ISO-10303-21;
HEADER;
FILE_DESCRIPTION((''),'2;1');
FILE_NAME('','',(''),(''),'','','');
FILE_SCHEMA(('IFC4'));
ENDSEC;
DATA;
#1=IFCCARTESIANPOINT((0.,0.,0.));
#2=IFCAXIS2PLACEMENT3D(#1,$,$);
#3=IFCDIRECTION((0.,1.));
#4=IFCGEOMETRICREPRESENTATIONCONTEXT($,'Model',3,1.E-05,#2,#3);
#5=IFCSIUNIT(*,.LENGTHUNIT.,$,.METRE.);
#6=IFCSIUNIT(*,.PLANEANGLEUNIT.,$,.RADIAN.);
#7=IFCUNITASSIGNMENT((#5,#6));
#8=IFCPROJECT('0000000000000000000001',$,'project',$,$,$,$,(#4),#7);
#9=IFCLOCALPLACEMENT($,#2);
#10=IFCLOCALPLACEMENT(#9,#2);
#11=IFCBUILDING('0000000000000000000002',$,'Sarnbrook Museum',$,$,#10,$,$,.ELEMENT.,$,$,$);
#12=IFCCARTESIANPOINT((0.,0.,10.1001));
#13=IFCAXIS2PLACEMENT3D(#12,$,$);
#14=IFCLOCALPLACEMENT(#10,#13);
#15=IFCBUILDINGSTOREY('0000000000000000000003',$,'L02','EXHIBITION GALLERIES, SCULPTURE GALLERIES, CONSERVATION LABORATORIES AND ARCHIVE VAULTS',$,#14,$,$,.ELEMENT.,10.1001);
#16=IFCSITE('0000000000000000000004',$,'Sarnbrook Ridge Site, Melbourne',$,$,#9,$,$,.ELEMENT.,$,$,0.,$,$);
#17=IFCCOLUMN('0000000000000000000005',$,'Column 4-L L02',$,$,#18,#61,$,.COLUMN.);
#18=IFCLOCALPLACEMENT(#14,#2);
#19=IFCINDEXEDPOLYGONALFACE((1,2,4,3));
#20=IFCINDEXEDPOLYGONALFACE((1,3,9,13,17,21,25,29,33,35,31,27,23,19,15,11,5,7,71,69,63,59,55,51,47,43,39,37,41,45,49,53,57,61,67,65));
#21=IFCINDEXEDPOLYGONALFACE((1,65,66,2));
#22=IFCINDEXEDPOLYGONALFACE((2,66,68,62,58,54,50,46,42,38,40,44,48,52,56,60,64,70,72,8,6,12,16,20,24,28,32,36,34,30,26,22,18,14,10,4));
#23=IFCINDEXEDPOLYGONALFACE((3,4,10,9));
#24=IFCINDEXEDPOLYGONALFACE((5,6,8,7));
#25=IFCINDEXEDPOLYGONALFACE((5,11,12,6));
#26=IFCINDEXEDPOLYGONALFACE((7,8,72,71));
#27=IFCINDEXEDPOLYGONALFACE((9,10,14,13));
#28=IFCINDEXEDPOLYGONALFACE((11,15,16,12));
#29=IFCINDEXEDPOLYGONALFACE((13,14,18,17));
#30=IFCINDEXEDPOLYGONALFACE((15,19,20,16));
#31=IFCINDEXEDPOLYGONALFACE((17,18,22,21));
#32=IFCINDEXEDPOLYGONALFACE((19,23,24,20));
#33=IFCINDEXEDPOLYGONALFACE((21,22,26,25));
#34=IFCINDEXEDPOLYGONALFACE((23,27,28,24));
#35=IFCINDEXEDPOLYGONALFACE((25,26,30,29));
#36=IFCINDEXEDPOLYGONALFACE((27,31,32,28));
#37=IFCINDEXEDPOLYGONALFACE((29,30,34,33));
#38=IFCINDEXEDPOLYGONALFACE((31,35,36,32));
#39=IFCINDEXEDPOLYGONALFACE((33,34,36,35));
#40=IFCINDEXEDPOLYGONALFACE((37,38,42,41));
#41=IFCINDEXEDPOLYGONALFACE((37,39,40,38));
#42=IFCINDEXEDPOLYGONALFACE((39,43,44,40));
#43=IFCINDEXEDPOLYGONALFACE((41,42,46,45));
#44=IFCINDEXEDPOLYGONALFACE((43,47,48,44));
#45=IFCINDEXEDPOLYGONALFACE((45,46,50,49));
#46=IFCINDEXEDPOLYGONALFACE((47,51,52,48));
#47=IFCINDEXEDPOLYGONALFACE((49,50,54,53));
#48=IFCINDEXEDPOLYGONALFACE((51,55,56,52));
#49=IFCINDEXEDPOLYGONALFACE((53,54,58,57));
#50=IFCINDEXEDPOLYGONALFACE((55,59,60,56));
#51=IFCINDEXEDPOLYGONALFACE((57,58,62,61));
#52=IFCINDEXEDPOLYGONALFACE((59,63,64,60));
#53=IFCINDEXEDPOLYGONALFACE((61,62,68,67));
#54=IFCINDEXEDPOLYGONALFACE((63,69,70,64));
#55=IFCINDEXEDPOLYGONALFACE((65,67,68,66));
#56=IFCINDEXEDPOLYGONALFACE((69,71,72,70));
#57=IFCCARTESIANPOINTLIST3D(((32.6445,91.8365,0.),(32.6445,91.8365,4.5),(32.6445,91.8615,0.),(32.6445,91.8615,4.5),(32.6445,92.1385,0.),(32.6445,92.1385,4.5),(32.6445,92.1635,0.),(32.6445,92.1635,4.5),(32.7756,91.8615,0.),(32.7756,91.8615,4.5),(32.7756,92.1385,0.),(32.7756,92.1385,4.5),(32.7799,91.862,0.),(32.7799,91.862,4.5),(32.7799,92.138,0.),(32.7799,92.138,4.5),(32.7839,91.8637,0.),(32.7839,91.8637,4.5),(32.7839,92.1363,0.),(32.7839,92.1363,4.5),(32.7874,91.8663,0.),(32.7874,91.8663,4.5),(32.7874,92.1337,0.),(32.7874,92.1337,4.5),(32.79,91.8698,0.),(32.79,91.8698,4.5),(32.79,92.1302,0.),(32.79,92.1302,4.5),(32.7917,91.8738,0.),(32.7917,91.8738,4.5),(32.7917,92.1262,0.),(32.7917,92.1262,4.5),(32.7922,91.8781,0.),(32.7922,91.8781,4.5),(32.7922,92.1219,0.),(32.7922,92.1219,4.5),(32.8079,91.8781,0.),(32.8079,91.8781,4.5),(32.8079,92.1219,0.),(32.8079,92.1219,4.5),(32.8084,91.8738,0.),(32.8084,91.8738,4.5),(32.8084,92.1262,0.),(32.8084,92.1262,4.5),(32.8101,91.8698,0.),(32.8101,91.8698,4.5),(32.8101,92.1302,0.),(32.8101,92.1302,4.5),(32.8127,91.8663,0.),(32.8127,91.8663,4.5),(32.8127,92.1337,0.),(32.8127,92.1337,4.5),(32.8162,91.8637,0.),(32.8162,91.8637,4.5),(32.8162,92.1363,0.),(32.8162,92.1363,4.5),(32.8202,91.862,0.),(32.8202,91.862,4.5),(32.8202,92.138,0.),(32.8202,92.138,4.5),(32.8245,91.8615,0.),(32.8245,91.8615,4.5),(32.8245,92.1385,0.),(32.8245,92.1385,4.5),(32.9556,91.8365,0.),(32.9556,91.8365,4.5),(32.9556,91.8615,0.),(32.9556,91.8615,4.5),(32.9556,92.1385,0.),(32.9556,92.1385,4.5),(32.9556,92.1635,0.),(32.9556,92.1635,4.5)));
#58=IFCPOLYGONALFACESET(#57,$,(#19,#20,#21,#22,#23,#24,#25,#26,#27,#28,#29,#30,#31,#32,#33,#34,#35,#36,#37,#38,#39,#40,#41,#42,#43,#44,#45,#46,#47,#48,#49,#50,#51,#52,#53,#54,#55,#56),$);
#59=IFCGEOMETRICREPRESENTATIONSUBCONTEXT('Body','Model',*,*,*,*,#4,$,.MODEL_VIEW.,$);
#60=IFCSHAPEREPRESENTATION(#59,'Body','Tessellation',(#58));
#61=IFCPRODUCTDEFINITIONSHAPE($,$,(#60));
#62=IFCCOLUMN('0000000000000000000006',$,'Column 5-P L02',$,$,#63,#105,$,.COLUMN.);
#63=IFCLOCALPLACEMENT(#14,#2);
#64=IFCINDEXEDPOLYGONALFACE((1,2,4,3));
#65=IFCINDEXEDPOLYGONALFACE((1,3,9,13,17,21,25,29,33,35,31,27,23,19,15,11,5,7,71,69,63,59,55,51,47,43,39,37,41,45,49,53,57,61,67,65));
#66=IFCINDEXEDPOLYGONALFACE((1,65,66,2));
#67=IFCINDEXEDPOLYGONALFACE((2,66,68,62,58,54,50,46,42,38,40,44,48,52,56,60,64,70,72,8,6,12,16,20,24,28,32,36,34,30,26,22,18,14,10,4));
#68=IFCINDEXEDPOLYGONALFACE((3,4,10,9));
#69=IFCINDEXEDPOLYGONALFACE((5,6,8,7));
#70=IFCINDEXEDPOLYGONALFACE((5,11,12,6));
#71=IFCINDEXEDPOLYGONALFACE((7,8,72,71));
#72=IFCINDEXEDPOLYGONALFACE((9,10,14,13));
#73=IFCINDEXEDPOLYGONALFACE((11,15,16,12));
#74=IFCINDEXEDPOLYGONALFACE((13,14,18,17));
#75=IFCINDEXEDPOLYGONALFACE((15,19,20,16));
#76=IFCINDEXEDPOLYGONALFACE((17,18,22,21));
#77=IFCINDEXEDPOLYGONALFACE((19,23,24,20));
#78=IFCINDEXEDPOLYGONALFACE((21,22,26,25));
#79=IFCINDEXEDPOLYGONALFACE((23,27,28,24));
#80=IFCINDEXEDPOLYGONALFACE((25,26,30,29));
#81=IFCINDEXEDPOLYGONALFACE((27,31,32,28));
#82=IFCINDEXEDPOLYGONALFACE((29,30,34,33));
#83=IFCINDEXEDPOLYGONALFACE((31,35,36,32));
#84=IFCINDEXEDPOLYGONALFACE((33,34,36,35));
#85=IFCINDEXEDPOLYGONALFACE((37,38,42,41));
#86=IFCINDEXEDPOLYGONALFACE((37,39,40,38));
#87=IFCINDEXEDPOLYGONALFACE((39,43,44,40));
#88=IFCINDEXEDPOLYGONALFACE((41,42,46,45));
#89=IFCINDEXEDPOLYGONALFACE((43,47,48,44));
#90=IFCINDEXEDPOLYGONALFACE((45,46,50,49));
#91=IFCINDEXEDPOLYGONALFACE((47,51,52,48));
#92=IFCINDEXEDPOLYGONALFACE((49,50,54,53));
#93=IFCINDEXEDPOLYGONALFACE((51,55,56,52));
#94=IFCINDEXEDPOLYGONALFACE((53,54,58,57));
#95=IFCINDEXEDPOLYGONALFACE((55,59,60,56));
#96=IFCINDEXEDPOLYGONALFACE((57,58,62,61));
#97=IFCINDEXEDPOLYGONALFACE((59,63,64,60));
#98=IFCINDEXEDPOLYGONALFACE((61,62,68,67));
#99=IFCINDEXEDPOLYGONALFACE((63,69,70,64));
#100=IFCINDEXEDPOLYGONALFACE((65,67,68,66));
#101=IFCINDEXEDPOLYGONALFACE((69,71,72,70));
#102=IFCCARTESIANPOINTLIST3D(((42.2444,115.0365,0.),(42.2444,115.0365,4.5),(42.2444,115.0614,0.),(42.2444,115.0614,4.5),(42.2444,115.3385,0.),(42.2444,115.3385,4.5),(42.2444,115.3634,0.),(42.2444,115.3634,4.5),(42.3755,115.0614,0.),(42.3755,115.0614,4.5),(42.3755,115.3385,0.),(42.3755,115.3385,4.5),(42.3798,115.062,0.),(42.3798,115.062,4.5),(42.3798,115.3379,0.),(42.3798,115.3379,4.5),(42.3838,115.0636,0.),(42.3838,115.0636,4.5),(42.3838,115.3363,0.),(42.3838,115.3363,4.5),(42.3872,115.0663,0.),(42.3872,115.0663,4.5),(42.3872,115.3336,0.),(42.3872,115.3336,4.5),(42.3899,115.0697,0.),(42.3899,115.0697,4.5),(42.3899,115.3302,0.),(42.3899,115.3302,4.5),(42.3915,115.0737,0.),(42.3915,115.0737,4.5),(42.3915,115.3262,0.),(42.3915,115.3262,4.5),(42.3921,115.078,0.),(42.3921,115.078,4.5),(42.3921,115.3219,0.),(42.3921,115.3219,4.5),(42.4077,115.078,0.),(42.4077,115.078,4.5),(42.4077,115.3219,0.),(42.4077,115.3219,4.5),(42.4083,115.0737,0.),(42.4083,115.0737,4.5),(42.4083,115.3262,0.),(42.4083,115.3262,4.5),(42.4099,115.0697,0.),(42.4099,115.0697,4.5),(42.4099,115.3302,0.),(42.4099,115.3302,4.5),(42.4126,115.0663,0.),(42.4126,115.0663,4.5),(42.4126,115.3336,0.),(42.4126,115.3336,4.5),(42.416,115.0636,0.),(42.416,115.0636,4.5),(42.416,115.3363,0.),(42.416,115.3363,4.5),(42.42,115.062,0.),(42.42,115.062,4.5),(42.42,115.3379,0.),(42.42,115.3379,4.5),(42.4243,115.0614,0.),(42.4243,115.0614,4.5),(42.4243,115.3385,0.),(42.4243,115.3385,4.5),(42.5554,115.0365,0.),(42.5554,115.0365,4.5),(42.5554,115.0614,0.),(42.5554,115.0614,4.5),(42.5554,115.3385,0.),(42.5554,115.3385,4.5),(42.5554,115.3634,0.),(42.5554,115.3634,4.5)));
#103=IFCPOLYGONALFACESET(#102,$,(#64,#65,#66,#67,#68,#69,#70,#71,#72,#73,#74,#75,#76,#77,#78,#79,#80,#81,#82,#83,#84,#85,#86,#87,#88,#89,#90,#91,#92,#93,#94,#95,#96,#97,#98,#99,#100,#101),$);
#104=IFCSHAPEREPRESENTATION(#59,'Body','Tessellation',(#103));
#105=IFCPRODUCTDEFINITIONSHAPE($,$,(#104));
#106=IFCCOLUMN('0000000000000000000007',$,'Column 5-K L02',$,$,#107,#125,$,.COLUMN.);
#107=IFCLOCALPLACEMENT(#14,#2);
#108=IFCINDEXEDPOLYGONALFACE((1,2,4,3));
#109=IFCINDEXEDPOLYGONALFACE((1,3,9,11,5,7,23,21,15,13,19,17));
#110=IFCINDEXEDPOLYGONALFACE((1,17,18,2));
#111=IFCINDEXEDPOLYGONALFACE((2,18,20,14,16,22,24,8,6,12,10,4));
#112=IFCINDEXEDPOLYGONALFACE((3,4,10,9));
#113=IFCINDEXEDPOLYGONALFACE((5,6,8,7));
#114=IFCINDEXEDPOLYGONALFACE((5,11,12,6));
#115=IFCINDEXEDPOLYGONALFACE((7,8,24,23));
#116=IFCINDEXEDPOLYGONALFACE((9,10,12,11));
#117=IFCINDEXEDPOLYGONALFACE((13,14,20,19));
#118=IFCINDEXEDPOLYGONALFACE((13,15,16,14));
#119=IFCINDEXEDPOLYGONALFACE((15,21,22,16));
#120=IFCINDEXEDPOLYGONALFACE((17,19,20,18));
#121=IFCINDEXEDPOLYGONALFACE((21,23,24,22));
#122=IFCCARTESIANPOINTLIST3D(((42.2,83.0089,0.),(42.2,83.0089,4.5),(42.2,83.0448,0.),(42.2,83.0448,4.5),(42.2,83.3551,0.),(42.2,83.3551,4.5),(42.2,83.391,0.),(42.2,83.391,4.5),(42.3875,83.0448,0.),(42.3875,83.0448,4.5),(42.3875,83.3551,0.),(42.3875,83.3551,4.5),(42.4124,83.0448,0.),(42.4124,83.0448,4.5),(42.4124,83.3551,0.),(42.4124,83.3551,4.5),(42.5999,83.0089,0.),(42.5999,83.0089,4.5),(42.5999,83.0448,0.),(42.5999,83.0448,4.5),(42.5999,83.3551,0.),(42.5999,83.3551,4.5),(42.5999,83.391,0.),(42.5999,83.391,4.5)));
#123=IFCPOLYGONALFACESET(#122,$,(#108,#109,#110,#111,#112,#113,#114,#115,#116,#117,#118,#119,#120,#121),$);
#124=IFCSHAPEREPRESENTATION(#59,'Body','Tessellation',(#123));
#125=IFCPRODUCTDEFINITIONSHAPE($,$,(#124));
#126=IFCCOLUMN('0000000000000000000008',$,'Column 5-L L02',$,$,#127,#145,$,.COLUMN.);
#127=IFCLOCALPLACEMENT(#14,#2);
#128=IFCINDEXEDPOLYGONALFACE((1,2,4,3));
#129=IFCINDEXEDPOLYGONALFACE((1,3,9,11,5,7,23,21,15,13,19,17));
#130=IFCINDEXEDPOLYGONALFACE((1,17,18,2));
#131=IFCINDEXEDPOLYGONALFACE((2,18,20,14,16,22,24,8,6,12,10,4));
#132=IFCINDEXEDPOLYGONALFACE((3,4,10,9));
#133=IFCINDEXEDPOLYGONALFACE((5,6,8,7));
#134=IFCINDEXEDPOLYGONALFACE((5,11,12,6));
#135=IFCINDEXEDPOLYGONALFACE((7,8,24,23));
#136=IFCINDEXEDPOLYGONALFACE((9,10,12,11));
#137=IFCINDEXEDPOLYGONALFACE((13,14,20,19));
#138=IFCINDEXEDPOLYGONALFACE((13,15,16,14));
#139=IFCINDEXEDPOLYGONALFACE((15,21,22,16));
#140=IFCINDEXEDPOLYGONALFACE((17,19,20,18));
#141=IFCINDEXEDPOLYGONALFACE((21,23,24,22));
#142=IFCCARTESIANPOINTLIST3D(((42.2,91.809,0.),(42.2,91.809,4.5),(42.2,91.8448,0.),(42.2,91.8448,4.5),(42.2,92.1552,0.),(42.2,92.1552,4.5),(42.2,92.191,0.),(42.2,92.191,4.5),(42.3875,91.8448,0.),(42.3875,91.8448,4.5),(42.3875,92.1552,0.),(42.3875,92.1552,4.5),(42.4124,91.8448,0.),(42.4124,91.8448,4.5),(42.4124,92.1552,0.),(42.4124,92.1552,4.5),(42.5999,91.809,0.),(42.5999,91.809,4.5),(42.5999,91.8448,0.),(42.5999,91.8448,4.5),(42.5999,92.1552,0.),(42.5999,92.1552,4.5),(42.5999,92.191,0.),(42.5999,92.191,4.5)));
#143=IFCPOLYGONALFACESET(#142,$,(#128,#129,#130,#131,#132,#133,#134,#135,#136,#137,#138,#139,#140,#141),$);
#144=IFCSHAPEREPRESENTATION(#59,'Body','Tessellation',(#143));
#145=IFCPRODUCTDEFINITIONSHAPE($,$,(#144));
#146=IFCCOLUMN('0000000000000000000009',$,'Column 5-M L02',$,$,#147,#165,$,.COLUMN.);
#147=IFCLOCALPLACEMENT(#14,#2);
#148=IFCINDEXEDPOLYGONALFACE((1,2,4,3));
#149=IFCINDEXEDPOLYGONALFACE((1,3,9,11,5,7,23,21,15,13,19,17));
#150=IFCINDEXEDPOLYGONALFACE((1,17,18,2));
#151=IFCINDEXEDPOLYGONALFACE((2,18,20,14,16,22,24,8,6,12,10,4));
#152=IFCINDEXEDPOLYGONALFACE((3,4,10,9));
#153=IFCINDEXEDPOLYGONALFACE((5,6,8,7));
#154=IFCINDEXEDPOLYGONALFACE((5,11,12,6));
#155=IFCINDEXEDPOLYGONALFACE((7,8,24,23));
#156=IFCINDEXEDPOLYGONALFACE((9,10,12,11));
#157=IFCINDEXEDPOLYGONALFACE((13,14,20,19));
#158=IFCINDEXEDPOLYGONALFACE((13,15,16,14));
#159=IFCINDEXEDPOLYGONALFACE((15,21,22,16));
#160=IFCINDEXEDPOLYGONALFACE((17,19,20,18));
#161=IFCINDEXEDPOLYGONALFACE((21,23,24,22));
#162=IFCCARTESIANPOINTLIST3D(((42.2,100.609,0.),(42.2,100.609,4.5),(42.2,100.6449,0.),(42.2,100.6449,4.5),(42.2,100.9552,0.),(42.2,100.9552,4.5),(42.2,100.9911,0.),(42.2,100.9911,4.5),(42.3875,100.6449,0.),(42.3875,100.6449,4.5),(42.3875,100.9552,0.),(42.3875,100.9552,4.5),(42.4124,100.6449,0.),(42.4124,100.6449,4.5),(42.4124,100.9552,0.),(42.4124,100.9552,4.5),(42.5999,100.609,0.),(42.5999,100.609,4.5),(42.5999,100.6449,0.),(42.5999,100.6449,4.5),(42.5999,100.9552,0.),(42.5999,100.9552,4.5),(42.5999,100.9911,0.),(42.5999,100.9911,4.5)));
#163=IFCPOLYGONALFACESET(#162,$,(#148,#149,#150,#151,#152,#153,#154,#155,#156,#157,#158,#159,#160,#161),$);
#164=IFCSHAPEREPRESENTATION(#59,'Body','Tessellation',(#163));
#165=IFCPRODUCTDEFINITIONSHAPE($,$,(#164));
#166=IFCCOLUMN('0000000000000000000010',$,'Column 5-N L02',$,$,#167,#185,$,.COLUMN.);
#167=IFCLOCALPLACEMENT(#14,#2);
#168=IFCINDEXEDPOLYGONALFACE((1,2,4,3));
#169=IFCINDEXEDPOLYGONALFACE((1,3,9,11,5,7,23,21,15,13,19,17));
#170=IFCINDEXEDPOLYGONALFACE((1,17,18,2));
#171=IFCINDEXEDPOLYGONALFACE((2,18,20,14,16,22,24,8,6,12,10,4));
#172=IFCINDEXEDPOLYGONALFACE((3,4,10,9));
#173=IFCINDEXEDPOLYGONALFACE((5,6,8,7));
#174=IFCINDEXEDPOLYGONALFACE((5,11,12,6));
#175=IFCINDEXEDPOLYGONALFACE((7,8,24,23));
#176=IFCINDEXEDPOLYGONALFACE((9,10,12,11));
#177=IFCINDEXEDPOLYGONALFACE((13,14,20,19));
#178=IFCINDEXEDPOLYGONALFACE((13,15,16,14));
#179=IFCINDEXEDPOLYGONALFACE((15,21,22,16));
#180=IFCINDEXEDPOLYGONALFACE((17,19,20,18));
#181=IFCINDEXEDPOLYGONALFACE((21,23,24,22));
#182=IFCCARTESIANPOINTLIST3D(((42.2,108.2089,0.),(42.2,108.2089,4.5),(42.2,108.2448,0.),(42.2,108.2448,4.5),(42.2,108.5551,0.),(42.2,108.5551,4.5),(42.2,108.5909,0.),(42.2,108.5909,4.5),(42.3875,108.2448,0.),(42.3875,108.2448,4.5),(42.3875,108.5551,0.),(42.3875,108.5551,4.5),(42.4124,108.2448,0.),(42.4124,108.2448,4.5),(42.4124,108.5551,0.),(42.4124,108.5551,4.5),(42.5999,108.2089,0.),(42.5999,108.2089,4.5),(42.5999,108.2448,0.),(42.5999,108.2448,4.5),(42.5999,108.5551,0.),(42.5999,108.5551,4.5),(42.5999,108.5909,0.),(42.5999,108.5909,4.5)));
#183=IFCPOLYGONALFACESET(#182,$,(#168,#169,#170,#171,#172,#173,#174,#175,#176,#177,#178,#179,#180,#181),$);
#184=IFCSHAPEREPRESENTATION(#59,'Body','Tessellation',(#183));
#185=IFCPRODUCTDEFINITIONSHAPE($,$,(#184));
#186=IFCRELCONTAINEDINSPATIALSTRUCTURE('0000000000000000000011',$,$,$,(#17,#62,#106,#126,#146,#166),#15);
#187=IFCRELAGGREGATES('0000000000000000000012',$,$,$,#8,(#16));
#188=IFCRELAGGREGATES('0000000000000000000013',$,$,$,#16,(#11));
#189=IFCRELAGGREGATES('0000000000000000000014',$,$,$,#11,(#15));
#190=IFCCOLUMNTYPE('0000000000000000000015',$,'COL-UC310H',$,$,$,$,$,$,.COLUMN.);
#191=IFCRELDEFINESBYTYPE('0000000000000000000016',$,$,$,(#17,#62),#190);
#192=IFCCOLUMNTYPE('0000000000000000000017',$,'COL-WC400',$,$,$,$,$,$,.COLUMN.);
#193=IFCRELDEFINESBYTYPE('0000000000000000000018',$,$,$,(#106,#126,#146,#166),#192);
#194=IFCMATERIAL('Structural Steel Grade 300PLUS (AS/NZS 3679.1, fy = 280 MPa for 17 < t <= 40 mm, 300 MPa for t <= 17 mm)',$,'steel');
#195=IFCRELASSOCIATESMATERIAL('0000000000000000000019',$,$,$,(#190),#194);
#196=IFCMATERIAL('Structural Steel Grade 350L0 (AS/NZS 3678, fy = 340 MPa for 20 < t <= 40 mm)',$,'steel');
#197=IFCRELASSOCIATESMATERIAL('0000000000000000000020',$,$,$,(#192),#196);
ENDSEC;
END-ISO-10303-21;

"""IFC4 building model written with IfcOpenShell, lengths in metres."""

from ifc_helpers import new_model, si_unit, direction, frame, origin, origin_2d, place, context, subcontext, project, spatial, i_section, extrude, material, material_profile, profile_set, type_object, element, save


model = new_model("IFC4")

# Units and contexts
model_context = context("Model", 3, precision=1e-05, world=origin(), true_north=direction((0.0, 1.0)))
body_context = subcontext(model_context, "Body", "Model", "MODEL_VIEW")
ifc_project = project(units=[si_unit("LENGTHUNIT", "METRE"), si_unit("PLANEANGLEUNIT", "RADIAN")], contexts=[model_context])

# Site, building, storey
site_placement = place(None, origin())
site = spatial("IfcSite", under=ifc_project, at=site_placement, Name="Sarnbrook Ridge Site, Melbourne", CompositionType="ELEMENT", RefElevation=0.0)
building_placement = place(site_placement, origin())
building = spatial("IfcBuilding", under=site, at=building_placement, Name="Sarnbrook Museum", CompositionType="ELEMENT")
storey_placement = place(building_placement, frame((0.0, 0.0, 10.1001)))
storey = spatial("IfcBuildingStorey", under=building, at=storey_placement, Name="L02", Description="EXHIBITION GALLERIES, SCULPTURE GALLERIES, CONSERVATION LABORATORIES AND ARCHIVE VAULTS", CompositionType="ELEMENT", Elevation=10.1001)

# Columns
ifc_material_1 = material(Name="Structural Steel Grade 300PLUS (AS/NZS 3679.1, fy = 280 MPa for 17 < t <= 40 mm, 300 MPa for t <= 17 mm)", Category="steel")
ifc_material_profile_1 = material_profile(ifc_material_1, i_section(OverallWidth=0.311, OverallDepth=0.3269, WebThickness=0.0156, FlangeThickness=0.0249, FilletRadius=0.0166, at=origin_2d()), Name="310UC158")
ifc_profile_set_1 = profile_set([ifc_material_profile_1], Name="Structural Steel Grade 300PLUS (AS/NZS 3679.1, fy = 280 MPa for 17 < t <= 40 mm, 300 MPa for t <= 17 mm)")
column_type_1 = type_object("IfcColumnType", Name="COL-UC310H", PredefinedType="COLUMN", material=ifc_profile_set_1)
for number, where, z_axis, x_axis, name in (
    (1, (32.8, 92.0, 0.0), (0.0, 0.0, 1.0), (1.0, 0.0, 0.0), "Column 4-L L02"),
    (2, (42.3999, 115.2, 0.0), (0.0, 0.0, 1.0), (1.0, 0.0, 0.0), "Column 5-P L02"),
):
    element("IfcColumn", number, at=place(storey_placement, frame(where, z_axis=z_axis, x_axis=x_axis)), inside=storey, type_object=column_type_1, Name=name, PredefinedType="COLUMN", context=body_context, shape_type="SweptSolid", body=[
        extrude(i_section(OverallWidth=0.311, OverallDepth=0.3269, WebThickness=0.0156, FlangeThickness=0.0249, FilletRadius=0.0166, at=origin_2d()), origin(), (0.0, 0.0, 1.0), 4.5),
    ])
ifc_material_2 = material(Name="Structural Steel Grade 350L0 (AS/NZS 3678, fy = 340 MPa for 20 < t <= 40 mm)", Category="steel")
ifc_material_profile_2 = material_profile(ifc_material_2, i_section(OverallWidth=0.3999, OverallDepth=0.3821, WebThickness=0.0249, FlangeThickness=0.0359, at=origin_2d()), Name="400WC270")
ifc_profile_set_2 = profile_set([ifc_material_profile_2], Name="Structural Steel Grade 350L0 (AS/NZS 3678, fy = 340 MPa for 20 < t <= 40 mm)")
column_type_2 = type_object("IfcColumnType", Name="COL-WC400", PredefinedType="COLUMN", material=ifc_profile_set_2)
for number, where, z_axis, x_axis, name in (
    (3, (42.3999, 83.2, 0.0), (0.0, 0.0, 1.0), (1.0, 0.0, 0.0), "Column 5-K L02"),
    (4, (42.3999, 92.0, 0.0), (0.0, 0.0, 1.0), (1.0, 0.0, 0.0), "Column 5-L L02"),
    (5, (42.3999, 100.8, 0.0), (0.0, 0.0, 1.0), (1.0, 0.0, 0.0), "Column 5-M L02"),
    (6, (42.3999, 108.3999, 0.0), (0.0, 0.0, 1.0), (1.0, 0.0, 0.0), "Column 5-N L02"),
):
    element("IfcColumn", number, at=place(storey_placement, frame(where, z_axis=z_axis, x_axis=x_axis)), inside=storey, type_object=column_type_2, Name=name, PredefinedType="COLUMN", context=body_context, shape_type="SweptSolid", body=[
        extrude(i_section(OverallWidth=0.3999, OverallDepth=0.3821, WebThickness=0.0249, FlangeThickness=0.0359, at=origin_2d()), origin(), (0.0, 0.0, 1.0), 4.5),
    ])

save(model, "model.ifc")
